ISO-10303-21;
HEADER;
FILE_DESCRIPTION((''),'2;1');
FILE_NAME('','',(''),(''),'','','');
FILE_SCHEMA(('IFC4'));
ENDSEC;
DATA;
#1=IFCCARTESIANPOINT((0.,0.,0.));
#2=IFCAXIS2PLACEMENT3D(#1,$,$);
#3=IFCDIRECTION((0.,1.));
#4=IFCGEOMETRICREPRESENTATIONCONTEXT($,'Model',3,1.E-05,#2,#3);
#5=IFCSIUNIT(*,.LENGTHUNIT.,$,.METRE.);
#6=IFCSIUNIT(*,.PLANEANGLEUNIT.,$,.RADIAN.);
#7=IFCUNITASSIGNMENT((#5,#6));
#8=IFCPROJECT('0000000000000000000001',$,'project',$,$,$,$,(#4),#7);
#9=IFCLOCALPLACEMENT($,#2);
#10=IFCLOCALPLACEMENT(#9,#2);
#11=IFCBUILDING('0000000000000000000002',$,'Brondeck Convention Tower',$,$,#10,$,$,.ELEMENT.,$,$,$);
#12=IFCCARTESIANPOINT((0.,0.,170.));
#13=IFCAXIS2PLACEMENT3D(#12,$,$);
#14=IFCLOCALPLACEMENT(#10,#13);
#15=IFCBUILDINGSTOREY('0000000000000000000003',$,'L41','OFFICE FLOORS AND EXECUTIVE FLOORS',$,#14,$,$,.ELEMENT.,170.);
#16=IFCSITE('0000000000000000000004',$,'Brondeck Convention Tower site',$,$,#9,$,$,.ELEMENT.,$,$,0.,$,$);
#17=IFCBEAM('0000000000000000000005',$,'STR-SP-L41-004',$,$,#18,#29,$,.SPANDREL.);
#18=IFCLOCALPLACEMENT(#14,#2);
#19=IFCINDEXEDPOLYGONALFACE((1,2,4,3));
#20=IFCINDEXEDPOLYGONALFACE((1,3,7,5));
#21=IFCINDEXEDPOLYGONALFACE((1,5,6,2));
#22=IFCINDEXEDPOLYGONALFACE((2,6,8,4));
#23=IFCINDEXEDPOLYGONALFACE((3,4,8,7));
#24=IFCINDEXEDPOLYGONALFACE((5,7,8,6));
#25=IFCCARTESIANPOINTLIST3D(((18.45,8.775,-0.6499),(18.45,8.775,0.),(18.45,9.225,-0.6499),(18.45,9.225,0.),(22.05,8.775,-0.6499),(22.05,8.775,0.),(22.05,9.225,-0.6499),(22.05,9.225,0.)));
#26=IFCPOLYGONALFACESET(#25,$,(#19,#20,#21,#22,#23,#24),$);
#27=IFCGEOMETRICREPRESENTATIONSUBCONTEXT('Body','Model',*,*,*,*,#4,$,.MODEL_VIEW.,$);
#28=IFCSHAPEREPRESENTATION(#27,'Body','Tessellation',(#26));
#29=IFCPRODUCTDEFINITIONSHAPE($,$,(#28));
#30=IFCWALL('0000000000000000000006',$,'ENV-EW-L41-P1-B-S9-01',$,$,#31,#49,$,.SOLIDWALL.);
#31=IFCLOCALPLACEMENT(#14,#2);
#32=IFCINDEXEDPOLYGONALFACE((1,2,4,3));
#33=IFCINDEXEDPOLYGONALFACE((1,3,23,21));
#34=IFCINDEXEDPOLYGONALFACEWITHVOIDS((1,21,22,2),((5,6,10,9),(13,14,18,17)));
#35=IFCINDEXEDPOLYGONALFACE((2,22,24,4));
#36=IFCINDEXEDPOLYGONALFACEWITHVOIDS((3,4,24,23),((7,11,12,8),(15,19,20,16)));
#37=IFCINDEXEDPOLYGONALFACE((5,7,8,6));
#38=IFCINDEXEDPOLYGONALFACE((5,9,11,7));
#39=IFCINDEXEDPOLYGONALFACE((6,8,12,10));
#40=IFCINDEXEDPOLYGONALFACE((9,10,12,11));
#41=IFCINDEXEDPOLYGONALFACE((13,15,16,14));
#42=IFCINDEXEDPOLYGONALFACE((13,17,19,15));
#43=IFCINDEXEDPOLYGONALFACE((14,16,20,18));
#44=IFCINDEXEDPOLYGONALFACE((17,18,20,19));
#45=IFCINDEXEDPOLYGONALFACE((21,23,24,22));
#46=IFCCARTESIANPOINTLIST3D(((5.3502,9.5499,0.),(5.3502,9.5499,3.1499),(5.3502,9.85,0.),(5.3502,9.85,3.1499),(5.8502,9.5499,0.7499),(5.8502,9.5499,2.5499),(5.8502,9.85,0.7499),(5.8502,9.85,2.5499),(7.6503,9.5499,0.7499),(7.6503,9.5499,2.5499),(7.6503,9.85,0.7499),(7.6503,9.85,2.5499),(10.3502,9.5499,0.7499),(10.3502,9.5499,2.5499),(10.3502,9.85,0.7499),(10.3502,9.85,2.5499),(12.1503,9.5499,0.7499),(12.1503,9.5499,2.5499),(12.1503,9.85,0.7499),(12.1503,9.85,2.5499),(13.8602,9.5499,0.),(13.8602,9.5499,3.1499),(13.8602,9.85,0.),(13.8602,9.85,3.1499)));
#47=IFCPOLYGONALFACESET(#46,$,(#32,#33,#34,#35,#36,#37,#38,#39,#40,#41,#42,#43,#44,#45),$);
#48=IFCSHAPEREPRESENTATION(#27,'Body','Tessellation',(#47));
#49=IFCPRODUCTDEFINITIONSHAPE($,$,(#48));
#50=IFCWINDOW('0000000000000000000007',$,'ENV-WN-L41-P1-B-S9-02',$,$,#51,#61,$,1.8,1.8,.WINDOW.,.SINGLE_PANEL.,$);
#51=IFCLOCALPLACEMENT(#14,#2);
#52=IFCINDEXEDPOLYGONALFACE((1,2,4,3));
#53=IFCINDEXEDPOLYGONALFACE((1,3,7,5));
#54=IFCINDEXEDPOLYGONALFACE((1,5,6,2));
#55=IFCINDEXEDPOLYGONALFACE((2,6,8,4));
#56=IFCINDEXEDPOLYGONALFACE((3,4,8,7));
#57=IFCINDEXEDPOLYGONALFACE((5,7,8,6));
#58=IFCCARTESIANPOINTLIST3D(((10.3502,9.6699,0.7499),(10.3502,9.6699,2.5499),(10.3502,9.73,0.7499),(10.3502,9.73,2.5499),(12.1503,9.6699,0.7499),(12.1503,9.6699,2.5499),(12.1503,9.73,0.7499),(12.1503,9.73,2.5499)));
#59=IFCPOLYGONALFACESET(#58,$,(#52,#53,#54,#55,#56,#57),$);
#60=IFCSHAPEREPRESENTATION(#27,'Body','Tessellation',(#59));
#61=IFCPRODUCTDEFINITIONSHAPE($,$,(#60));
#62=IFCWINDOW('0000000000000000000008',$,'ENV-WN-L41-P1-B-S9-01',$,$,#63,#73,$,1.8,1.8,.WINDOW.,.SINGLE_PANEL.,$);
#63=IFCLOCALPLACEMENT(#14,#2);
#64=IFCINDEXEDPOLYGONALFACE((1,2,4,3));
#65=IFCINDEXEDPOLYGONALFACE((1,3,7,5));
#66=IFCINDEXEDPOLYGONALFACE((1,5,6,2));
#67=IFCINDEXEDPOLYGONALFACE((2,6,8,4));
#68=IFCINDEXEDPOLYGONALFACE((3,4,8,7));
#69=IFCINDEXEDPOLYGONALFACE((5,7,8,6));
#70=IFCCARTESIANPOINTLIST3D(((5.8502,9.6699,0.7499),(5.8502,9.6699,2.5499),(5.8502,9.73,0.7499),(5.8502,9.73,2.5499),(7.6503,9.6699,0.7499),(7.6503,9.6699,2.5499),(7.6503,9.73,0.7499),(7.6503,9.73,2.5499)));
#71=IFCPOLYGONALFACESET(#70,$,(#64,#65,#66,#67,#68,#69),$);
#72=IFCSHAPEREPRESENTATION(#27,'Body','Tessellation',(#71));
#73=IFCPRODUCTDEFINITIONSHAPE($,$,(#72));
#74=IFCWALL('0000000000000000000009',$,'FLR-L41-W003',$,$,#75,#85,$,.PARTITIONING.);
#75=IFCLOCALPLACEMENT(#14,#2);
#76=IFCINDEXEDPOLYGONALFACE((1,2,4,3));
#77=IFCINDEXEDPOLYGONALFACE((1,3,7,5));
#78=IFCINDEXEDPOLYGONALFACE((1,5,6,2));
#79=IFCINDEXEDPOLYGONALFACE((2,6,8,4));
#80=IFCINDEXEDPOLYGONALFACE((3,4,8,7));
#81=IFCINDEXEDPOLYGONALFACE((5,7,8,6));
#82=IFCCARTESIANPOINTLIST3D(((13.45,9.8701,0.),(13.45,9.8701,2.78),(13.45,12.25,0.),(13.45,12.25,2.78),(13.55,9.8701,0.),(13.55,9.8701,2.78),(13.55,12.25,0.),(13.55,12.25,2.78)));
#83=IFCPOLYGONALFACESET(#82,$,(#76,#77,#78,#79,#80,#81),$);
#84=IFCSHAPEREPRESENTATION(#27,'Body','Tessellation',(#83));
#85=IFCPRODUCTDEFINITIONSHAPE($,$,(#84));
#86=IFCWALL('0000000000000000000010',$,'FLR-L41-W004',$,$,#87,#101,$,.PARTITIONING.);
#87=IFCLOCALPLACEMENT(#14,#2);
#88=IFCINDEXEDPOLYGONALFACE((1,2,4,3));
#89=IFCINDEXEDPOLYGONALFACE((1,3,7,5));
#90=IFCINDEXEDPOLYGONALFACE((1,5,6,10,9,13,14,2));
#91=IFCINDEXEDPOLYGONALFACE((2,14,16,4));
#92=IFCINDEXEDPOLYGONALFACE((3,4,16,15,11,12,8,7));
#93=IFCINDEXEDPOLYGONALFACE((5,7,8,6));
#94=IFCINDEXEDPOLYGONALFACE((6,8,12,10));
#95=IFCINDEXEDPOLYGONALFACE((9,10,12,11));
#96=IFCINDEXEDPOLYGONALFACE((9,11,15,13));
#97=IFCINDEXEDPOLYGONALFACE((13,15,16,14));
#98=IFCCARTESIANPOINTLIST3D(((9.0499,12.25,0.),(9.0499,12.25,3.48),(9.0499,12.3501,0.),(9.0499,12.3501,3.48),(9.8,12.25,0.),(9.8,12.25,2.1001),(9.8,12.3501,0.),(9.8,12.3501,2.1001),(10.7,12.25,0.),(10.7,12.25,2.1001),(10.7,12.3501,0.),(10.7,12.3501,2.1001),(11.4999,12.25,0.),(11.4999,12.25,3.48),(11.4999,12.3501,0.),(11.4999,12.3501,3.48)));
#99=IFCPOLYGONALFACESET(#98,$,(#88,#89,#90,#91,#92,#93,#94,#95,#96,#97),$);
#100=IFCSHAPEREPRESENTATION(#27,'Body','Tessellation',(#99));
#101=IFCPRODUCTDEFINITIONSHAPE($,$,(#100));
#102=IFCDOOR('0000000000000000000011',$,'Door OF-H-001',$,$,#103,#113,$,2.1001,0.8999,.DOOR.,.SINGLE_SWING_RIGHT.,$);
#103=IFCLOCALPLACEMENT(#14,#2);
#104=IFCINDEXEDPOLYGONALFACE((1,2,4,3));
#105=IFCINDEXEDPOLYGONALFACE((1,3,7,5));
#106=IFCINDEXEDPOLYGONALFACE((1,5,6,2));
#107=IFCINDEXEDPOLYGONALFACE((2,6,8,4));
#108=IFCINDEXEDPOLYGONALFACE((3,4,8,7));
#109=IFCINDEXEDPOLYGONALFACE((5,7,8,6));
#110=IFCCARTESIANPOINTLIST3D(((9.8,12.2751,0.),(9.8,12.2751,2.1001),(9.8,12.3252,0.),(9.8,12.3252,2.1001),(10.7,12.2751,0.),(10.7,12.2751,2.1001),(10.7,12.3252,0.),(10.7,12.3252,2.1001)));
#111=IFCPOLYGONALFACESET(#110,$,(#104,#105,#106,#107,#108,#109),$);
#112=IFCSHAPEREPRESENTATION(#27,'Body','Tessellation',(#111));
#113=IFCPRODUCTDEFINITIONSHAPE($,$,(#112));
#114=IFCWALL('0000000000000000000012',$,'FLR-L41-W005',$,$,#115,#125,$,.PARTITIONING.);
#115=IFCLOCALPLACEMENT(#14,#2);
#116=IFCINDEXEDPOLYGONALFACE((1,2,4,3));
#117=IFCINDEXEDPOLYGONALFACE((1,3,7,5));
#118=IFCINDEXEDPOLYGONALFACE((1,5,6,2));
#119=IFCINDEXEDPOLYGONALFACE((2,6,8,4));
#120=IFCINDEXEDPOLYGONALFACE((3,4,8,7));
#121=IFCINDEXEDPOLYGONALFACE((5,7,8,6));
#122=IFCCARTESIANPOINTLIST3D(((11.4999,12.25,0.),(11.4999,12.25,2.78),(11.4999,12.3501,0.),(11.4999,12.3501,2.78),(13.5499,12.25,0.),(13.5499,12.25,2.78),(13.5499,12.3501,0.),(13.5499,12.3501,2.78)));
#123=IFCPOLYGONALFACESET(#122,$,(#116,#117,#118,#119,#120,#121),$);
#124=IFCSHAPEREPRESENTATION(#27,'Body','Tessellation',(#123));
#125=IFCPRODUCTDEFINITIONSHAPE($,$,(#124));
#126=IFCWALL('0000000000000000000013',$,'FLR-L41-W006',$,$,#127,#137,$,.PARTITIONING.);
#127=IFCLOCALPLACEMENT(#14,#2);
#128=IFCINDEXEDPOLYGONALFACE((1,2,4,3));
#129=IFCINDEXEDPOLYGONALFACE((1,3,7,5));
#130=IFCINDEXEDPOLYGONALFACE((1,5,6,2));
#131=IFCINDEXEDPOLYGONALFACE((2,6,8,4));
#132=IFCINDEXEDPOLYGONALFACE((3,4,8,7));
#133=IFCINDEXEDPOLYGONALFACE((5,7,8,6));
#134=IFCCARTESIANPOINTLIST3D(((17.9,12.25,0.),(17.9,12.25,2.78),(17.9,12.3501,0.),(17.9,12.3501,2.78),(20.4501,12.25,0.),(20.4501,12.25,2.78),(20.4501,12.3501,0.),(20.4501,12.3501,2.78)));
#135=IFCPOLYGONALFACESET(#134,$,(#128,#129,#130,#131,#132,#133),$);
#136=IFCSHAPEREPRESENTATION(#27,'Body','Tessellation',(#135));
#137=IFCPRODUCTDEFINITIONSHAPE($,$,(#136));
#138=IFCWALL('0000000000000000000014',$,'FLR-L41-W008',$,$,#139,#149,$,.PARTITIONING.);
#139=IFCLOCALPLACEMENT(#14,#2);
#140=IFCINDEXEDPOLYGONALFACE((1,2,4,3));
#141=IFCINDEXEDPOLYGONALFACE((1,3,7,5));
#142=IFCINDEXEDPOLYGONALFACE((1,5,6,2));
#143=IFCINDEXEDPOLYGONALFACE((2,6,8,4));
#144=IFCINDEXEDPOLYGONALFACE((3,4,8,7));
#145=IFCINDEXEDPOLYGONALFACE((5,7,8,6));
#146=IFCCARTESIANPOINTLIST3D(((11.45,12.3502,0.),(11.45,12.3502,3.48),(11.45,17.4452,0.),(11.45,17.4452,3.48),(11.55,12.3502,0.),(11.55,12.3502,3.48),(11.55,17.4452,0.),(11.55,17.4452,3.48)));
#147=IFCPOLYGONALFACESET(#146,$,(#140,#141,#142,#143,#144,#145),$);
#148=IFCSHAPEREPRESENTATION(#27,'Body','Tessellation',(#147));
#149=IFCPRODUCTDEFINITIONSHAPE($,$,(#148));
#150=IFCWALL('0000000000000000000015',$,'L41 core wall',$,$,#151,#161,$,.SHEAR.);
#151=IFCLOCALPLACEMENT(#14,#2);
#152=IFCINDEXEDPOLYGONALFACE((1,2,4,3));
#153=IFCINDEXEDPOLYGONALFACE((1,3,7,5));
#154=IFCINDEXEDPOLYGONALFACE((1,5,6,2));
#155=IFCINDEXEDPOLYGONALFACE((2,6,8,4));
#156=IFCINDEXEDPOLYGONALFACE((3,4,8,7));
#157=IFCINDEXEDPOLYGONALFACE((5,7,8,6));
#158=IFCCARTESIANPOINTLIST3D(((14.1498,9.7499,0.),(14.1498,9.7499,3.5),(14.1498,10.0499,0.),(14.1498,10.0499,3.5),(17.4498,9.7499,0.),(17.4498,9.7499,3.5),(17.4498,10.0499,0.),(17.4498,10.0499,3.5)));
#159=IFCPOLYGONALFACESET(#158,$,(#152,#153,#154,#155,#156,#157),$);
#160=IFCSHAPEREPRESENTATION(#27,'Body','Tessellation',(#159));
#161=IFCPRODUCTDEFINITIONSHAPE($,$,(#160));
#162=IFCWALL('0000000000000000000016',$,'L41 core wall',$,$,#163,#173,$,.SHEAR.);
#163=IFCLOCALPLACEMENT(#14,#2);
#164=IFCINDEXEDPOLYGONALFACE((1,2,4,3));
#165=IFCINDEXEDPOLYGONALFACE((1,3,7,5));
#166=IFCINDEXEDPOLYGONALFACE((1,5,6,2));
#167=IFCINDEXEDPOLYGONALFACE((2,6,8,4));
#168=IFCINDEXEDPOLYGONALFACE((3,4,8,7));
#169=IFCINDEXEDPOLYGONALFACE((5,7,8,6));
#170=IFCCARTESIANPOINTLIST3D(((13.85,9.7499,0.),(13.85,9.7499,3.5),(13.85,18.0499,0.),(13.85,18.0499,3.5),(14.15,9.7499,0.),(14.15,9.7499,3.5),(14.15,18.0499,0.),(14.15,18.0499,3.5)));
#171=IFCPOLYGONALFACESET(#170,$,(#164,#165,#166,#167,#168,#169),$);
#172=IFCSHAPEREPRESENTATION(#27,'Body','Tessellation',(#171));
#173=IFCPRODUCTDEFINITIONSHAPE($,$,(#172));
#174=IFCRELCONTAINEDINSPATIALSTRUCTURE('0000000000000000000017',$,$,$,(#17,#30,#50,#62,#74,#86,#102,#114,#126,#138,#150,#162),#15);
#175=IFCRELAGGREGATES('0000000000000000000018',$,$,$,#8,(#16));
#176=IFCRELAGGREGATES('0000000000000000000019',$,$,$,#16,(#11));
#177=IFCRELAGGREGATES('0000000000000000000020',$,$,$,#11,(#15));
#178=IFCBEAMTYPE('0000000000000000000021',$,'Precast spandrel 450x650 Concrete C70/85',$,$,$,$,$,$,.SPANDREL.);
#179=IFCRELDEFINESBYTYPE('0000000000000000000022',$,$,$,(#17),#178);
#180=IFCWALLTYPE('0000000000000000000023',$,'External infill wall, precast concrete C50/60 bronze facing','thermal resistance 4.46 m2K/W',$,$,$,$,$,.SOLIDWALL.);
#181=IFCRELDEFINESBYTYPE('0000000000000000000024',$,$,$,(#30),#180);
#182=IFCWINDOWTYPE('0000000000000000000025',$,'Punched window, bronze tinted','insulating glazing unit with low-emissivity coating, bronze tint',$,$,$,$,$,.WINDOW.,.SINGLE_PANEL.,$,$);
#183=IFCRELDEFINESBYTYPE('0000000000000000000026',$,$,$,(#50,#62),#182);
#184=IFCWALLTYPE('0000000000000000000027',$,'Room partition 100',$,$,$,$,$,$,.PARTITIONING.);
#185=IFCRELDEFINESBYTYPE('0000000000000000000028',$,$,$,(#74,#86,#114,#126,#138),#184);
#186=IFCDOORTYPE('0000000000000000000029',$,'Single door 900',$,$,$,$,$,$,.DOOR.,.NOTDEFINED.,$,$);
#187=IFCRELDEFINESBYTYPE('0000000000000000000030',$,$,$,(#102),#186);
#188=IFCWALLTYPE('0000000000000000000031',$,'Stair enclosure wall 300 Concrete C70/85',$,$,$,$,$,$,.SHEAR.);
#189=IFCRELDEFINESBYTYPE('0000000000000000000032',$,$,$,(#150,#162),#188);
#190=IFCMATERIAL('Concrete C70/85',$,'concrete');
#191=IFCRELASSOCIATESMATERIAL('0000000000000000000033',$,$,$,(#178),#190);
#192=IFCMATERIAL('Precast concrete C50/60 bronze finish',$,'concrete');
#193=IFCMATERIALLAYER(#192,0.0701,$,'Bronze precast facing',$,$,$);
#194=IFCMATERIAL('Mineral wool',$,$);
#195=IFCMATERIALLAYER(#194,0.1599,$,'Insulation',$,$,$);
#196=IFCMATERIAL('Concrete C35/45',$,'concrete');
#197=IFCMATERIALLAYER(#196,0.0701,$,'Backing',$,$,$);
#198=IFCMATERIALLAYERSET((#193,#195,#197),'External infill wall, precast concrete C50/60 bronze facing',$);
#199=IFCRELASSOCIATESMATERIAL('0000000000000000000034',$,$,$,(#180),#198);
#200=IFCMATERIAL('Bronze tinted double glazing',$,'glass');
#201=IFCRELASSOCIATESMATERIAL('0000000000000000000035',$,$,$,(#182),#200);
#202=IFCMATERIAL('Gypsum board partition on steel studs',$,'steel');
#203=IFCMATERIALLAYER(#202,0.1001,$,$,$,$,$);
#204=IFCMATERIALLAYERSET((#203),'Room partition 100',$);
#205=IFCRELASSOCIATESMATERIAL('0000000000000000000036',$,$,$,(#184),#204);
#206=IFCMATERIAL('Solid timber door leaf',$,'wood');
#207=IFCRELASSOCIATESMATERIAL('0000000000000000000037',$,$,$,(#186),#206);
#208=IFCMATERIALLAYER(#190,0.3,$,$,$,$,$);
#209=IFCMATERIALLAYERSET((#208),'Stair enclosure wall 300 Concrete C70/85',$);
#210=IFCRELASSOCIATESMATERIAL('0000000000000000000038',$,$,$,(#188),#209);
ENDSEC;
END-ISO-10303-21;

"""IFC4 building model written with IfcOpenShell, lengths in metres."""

from ifc_helpers import new_model, si_unit, direction, frame, frame_2d, origin, origin_2d, place, context, subcontext, project, spatial, rectangle, extrude, material, layer, layer_set, material_profile, profile_set, type_object, element, fill, save


model = new_model("IFC4")

# Units and contexts
model_context = context("Model", 3, precision=1e-05, world=origin(), true_north=direction((0.0, 1.0)))
body_context = subcontext(model_context, "Body", "Model", "MODEL_VIEW")
ifc_project = project(units=[si_unit("LENGTHUNIT", "METRE"), si_unit("PLANEANGLEUNIT", "RADIAN")], contexts=[model_context])

# Site, building, storey
site_placement = place(None, origin())
site = spatial("IfcSite", under=ifc_project, at=site_placement, Name="Brondeck Convention Tower site", CompositionType="ELEMENT", RefElevation=0.0)
building_placement = place(site_placement, origin())
building = spatial("IfcBuilding", under=site, at=building_placement, Name="Brondeck Convention Tower", CompositionType="ELEMENT")
storey_placement = place(building_placement, frame((0.0, 0.0, 170.0)))
storey = spatial("IfcBuildingStorey", under=building, at=storey_placement, Name="L41", Description="OFFICE FLOORS AND EXECUTIVE FLOORS", CompositionType="ELEMENT", Elevation=170.0)

# Shared definitions
ifc_material_1 = material(Name="Concrete C70/85", Category="concrete")

# Beam
ifc_material_profile_1 = material_profile(ifc_material_1, rectangle(XDim=0.45, YDim=0.6499, at=origin_2d()), Name="Precast spandrel 450x650 Concrete C70/85")
ifc_profile_set_1 = profile_set([ifc_material_profile_1], Name="Concrete C70/85")
beam_type_1 = type_object("IfcBeamType", Name="Precast spandrel 450x650 Concrete C70/85", PredefinedType="SPANDREL", material=ifc_profile_set_1)
for number, where, z_axis, x_axis, name in (
    (1, (18.45, 9.0, -0.325), (1.0, 0.0, 0.0), (0.0, 1.0, 0.0), "STR-SP-L41-004"),
):
    element("IfcBeam", number, at=place(storey_placement, frame(where, z_axis=z_axis, x_axis=x_axis)), inside=storey, type_object=beam_type_1, Name=name, PredefinedType="SPANDREL", context=body_context, shape_type="SweptSolid", body=[
        extrude(rectangle(XDim=0.45, YDim=0.6499, at=origin_2d()), origin(), (0.0, 0.0, 1.0), 3.6001),
    ])

# Wall, openings, windows
ifc_material_2 = material(Name="Precast concrete C50/60 bronze finish", Category="concrete")
ifc_layer_1 = layer(ifc_material_2, 0.0701, Name="Bronze precast facing")
ifc_material_3 = material(Name="Mineral wool")
ifc_layer_2 = layer(ifc_material_3, 0.1599, Name="Insulation")
ifc_material_4 = material(Name="Concrete C35/45", Category="concrete")
ifc_layer_3 = layer(ifc_material_4, 0.0701, Name="Backing")
ifc_layer_set_1 = layer_set([ifc_layer_1, ifc_layer_2, ifc_layer_3], Name="External infill wall, precast concrete C50/60 bronze facing")
wall_type_1 = type_object("IfcWallType", Name="External infill wall, precast concrete C50/60 bronze facing", Description="thermal resistance 4.46 m2K/W", PredefinedType="SOLIDWALL", material=ifc_layer_set_1)
wall_1_placement = place(storey_placement, frame((13.8601, 9.7, 0.0), z_axis=(0.0, 0.0, 1.0), x_axis=(-1.0, 0.0, 0.0)))
wall_1 = element("IfcWall", 2, at=wall_1_placement, inside=storey, type_object=wall_type_1, Name="ENV-EW-L41-P1-B-S9-01", PredefinedType="SOLIDWALL", context=body_context, shape_type="SweptSolid", body=[
    extrude(rectangle(XDim=8.51, YDim=0.3, at=frame_2d((4.2549, 0.0))), origin(), (0.0, 0.0, 1.0), 3.1499),
])
opening_1_placement = place(wall_1_placement, frame((1.71, 0.0, 0.75)))
opening_1 = element("IfcOpeningElement", 3, at=opening_1_placement, cuts=wall_1, PredefinedType="OPENING", context=body_context, shape_type="SweptSolid", body=[
    extrude(rectangle(XDim=1.8, YDim=1.8, at=frame_2d((0.8999, 0.8999))), frame((0.0, 0.1599, 0.0), z_axis=(0.0, -1.0, 0.0), x_axis=(1.0, 0.0, 0.0)), (0.0, 0.0, 1.0), 0.3201),
])
opening_2_placement = place(wall_1_placement, frame((6.21, 0.0, 0.75)))
opening_2 = element("IfcOpeningElement", 4, at=opening_2_placement, cuts=wall_1, PredefinedType="OPENING", context=body_context, shape_type="SweptSolid", body=[
    extrude(rectangle(XDim=1.8, YDim=1.8, at=frame_2d((0.8999, 0.8999))), frame((0.0, 0.1599, 0.0), z_axis=(0.0, -1.0, 0.0), x_axis=(1.0, 0.0, 0.0)), (0.0, 0.0, 1.0), 0.3201),
])
ifc_material_5 = material(Name="Bronze tinted double glazing", Category="glass")
window_type = type_object("IfcWindowType", Name="Punched window, bronze tinted", Description="insulating glazing unit with low-emissivity coating, bronze tint", PartitioningType="SINGLE_PANEL", PredefinedType="WINDOW", material=ifc_material_5)
window_1_placement = place(opening_1_placement, origin())
window_1 = element("IfcWindow", 5, at=window_1_placement, inside=storey, type_object=window_type, Name="ENV-WN-L41-P1-B-S9-02", OverallHeight=1.8, OverallWidth=1.8, PartitioningType="SINGLE_PANEL", PredefinedType="WINDOW", context=body_context, shape_type="SweptSolid", body=[
    extrude(rectangle(XDim=1.8, YDim=1.8, at=frame_2d((0.8999, 0.8999))), frame((0.0, 0.03, 0.0), z_axis=(0.0, -1.0, 0.0), x_axis=(1.0, 0.0, 0.0)), (0.0, 0.0, 1.0), 0.0601),
])
fill(opening_1, window_1)
window_2_placement = place(opening_2_placement, origin())
window_2 = element("IfcWindow", 6, at=window_2_placement, inside=storey, type_object=window_type, Name="ENV-WN-L41-P1-B-S9-01", OverallHeight=1.8, OverallWidth=1.8, PartitioningType="SINGLE_PANEL", PredefinedType="WINDOW", context=body_context, shape_type="SweptSolid", body=[
    extrude(rectangle(XDim=1.8, YDim=1.8, at=frame_2d((0.8999, 0.8999))), frame((0.0, 0.03, 0.0), z_axis=(0.0, -1.0, 0.0), x_axis=(1.0, 0.0, 0.0)), (0.0, 0.0, 1.0), 0.0601),
])
fill(opening_2, window_2)

# Wall
ifc_material_6 = material(Name="Gypsum board partition on steel studs", Category="steel")
ifc_layer_4 = layer(ifc_material_6, 0.1001)
ifc_layer_set_2 = layer_set([ifc_layer_4], Name="Room partition 100")
wall_type_2 = type_object("IfcWallType", Name="Room partition 100", PredefinedType="PARTITIONING", material=ifc_layer_set_2)
wall_2_placement = place(storey_placement, frame((13.5, 12.25, 0.0), z_axis=(0.0, 0.0, 1.0), x_axis=(0.0, -1.0, 0.0)))
element("IfcWall", 7, at=wall_2_placement, inside=storey, type_object=wall_type_2, Name="FLR-L41-W003", PredefinedType="PARTITIONING", context=body_context, shape_type="SweptSolid", body=[
    extrude(rectangle(XDim=2.3799, YDim=0.1001, at=frame_2d((1.1899, 0.0))), origin(), (0.0, 0.0, 1.0), 2.78),
])

# Wall, opening, door
wall_3_placement = place(storey_placement, frame((11.5, 12.3, 0.0), z_axis=(0.0, 0.0, 1.0), x_axis=(-1.0, 0.0, 0.0)))
wall_3 = element("IfcWall", 8, at=wall_3_placement, inside=storey, type_object=wall_type_2, Name="FLR-L41-W004", PredefinedType="PARTITIONING", context=body_context, shape_type="SweptSolid", body=[
    extrude(rectangle(XDim=2.45, YDim=0.1001, at=frame_2d((1.2251, 0.0))), origin(), (0.0, 0.0, 1.0), 3.48),
])
opening_3_placement = place(wall_3_placement, frame((0.8, 0.0, 0.0)))
opening_3 = element("IfcOpeningElement", 9, at=opening_3_placement, cuts=wall_3, PredefinedType="OPENING", context=body_context, shape_type="SweptSolid", body=[
    extrude(rectangle(XDim=0.8999, YDim=2.1001, at=frame_2d((0.45, 1.05))), frame((0.0, 0.0601, 0.0), z_axis=(0.0, -1.0, 0.0), x_axis=(1.0, 0.0, 0.0)), (0.0, 0.0, 1.0), 0.1201),
])
ifc_material_7 = material(Name="Solid timber door leaf", Category="wood")
door_type_1 = type_object("IfcDoorType", Name="Single door 900", OperationType="NOTDEFINED", PredefinedType="DOOR", material=ifc_material_7)
door_1_placement = place(opening_3_placement, origin())
door_1 = element("IfcDoor", 10, at=door_1_placement, inside=storey, type_object=door_type_1, Name="Door OF-H-001", OperationType="SINGLE_SWING_RIGHT", OverallHeight=2.1001, OverallWidth=0.8999, PredefinedType="DOOR", context=body_context, shape_type="SweptSolid", body=[
    extrude(rectangle(XDim=0.8999, YDim=2.1001, at=frame_2d((0.45, 1.05))), frame((0.0, 0.0249, 0.0), z_axis=(0.0, -1.0, 0.0), x_axis=(1.0, 0.0, 0.0)), (0.0, 0.0, 1.0), 0.05),
])
fill(opening_3, door_1)

# Walls
wall_4_placement = place(storey_placement, frame((11.5, 12.3, 0.0), z_axis=(0.0, 0.0, 1.0), x_axis=(1.0, 0.0, 0.0)))
element("IfcWall", 11, at=wall_4_placement, inside=storey, type_object=wall_type_2, Name="FLR-L41-W005", PredefinedType="PARTITIONING", context=body_context, shape_type="SweptSolid", body=[
    extrude(rectangle(XDim=2.05, YDim=0.1001, at=frame_2d((1.0249, 0.0))), origin(), (0.0, 0.0, 1.0), 2.78),
])
wall_5_placement = place(storey_placement, frame((20.45, 12.3, 0.0), z_axis=(0.0, 0.0, 1.0), x_axis=(-1.0, 0.0, 0.0)))
element("IfcWall", 12, at=wall_5_placement, inside=storey, type_object=wall_type_2, Name="FLR-L41-W006", PredefinedType="PARTITIONING", context=body_context, shape_type="SweptSolid", body=[
    extrude(rectangle(XDim=2.55, YDim=0.1001, at=frame_2d((1.2749, 0.0))), origin(), (0.0, 0.0, 1.0), 2.78),
])
wall_6_placement = place(storey_placement, frame((11.5, 17.4451, 0.0), z_axis=(0.0, 0.0, 1.0), x_axis=(0.0, -1.0, 0.0)))
element("IfcWall", 13, at=wall_6_placement, inside=storey, type_object=wall_type_2, Name="FLR-L41-W008", PredefinedType="PARTITIONING", context=body_context, shape_type="SweptSolid", body=[
    extrude(rectangle(XDim=5.095, YDim=0.1001, at=frame_2d((2.5474, 0.0))), origin(), (0.0, 0.0, 1.0), 3.48),
])
ifc_layer_5 = layer(ifc_material_1, 0.3)
ifc_layer_set_3 = layer_set([ifc_layer_5], Name="Stair enclosure wall 300 Concrete C70/85")
wall_type_3 = type_object("IfcWallType", Name="Stair enclosure wall 300 Concrete C70/85", PredefinedType="SHEAR", material=ifc_layer_set_3)
wall_7_placement = place(storey_placement, frame((14.1499, 9.8999, 0.0), z_axis=(0.0, 0.0, 1.0), x_axis=(1.0, 0.0, 0.0)))
element("IfcWall", 14, at=wall_7_placement, inside=storey, type_object=wall_type_3, Name="L41 core wall", PredefinedType="SHEAR", context=body_context, shape_type="SweptSolid", body=[
    extrude(rectangle(XDim=3.3, YDim=0.3, at=frame_2d((1.6499, 0.0))), origin(), (0.0, 0.0, 1.0), 3.5),
])
wall_8_placement = place(storey_placement, frame((14.0, 9.75, 0.0), z_axis=(0.0, 0.0, 1.0), x_axis=(0.0, 1.0, 0.0)))
element("IfcWall", 15, at=wall_8_placement, inside=storey, type_object=wall_type_3, Name="L41 core wall", PredefinedType="SHEAR", context=body_context, shape_type="SweptSolid", body=[
    extrude(rectangle(XDim=8.3, YDim=0.3, at=frame_2d((4.1499, 0.0))), origin(), (0.0, 0.0, 1.0), 3.5),
])

save(model, "model.ifc")
